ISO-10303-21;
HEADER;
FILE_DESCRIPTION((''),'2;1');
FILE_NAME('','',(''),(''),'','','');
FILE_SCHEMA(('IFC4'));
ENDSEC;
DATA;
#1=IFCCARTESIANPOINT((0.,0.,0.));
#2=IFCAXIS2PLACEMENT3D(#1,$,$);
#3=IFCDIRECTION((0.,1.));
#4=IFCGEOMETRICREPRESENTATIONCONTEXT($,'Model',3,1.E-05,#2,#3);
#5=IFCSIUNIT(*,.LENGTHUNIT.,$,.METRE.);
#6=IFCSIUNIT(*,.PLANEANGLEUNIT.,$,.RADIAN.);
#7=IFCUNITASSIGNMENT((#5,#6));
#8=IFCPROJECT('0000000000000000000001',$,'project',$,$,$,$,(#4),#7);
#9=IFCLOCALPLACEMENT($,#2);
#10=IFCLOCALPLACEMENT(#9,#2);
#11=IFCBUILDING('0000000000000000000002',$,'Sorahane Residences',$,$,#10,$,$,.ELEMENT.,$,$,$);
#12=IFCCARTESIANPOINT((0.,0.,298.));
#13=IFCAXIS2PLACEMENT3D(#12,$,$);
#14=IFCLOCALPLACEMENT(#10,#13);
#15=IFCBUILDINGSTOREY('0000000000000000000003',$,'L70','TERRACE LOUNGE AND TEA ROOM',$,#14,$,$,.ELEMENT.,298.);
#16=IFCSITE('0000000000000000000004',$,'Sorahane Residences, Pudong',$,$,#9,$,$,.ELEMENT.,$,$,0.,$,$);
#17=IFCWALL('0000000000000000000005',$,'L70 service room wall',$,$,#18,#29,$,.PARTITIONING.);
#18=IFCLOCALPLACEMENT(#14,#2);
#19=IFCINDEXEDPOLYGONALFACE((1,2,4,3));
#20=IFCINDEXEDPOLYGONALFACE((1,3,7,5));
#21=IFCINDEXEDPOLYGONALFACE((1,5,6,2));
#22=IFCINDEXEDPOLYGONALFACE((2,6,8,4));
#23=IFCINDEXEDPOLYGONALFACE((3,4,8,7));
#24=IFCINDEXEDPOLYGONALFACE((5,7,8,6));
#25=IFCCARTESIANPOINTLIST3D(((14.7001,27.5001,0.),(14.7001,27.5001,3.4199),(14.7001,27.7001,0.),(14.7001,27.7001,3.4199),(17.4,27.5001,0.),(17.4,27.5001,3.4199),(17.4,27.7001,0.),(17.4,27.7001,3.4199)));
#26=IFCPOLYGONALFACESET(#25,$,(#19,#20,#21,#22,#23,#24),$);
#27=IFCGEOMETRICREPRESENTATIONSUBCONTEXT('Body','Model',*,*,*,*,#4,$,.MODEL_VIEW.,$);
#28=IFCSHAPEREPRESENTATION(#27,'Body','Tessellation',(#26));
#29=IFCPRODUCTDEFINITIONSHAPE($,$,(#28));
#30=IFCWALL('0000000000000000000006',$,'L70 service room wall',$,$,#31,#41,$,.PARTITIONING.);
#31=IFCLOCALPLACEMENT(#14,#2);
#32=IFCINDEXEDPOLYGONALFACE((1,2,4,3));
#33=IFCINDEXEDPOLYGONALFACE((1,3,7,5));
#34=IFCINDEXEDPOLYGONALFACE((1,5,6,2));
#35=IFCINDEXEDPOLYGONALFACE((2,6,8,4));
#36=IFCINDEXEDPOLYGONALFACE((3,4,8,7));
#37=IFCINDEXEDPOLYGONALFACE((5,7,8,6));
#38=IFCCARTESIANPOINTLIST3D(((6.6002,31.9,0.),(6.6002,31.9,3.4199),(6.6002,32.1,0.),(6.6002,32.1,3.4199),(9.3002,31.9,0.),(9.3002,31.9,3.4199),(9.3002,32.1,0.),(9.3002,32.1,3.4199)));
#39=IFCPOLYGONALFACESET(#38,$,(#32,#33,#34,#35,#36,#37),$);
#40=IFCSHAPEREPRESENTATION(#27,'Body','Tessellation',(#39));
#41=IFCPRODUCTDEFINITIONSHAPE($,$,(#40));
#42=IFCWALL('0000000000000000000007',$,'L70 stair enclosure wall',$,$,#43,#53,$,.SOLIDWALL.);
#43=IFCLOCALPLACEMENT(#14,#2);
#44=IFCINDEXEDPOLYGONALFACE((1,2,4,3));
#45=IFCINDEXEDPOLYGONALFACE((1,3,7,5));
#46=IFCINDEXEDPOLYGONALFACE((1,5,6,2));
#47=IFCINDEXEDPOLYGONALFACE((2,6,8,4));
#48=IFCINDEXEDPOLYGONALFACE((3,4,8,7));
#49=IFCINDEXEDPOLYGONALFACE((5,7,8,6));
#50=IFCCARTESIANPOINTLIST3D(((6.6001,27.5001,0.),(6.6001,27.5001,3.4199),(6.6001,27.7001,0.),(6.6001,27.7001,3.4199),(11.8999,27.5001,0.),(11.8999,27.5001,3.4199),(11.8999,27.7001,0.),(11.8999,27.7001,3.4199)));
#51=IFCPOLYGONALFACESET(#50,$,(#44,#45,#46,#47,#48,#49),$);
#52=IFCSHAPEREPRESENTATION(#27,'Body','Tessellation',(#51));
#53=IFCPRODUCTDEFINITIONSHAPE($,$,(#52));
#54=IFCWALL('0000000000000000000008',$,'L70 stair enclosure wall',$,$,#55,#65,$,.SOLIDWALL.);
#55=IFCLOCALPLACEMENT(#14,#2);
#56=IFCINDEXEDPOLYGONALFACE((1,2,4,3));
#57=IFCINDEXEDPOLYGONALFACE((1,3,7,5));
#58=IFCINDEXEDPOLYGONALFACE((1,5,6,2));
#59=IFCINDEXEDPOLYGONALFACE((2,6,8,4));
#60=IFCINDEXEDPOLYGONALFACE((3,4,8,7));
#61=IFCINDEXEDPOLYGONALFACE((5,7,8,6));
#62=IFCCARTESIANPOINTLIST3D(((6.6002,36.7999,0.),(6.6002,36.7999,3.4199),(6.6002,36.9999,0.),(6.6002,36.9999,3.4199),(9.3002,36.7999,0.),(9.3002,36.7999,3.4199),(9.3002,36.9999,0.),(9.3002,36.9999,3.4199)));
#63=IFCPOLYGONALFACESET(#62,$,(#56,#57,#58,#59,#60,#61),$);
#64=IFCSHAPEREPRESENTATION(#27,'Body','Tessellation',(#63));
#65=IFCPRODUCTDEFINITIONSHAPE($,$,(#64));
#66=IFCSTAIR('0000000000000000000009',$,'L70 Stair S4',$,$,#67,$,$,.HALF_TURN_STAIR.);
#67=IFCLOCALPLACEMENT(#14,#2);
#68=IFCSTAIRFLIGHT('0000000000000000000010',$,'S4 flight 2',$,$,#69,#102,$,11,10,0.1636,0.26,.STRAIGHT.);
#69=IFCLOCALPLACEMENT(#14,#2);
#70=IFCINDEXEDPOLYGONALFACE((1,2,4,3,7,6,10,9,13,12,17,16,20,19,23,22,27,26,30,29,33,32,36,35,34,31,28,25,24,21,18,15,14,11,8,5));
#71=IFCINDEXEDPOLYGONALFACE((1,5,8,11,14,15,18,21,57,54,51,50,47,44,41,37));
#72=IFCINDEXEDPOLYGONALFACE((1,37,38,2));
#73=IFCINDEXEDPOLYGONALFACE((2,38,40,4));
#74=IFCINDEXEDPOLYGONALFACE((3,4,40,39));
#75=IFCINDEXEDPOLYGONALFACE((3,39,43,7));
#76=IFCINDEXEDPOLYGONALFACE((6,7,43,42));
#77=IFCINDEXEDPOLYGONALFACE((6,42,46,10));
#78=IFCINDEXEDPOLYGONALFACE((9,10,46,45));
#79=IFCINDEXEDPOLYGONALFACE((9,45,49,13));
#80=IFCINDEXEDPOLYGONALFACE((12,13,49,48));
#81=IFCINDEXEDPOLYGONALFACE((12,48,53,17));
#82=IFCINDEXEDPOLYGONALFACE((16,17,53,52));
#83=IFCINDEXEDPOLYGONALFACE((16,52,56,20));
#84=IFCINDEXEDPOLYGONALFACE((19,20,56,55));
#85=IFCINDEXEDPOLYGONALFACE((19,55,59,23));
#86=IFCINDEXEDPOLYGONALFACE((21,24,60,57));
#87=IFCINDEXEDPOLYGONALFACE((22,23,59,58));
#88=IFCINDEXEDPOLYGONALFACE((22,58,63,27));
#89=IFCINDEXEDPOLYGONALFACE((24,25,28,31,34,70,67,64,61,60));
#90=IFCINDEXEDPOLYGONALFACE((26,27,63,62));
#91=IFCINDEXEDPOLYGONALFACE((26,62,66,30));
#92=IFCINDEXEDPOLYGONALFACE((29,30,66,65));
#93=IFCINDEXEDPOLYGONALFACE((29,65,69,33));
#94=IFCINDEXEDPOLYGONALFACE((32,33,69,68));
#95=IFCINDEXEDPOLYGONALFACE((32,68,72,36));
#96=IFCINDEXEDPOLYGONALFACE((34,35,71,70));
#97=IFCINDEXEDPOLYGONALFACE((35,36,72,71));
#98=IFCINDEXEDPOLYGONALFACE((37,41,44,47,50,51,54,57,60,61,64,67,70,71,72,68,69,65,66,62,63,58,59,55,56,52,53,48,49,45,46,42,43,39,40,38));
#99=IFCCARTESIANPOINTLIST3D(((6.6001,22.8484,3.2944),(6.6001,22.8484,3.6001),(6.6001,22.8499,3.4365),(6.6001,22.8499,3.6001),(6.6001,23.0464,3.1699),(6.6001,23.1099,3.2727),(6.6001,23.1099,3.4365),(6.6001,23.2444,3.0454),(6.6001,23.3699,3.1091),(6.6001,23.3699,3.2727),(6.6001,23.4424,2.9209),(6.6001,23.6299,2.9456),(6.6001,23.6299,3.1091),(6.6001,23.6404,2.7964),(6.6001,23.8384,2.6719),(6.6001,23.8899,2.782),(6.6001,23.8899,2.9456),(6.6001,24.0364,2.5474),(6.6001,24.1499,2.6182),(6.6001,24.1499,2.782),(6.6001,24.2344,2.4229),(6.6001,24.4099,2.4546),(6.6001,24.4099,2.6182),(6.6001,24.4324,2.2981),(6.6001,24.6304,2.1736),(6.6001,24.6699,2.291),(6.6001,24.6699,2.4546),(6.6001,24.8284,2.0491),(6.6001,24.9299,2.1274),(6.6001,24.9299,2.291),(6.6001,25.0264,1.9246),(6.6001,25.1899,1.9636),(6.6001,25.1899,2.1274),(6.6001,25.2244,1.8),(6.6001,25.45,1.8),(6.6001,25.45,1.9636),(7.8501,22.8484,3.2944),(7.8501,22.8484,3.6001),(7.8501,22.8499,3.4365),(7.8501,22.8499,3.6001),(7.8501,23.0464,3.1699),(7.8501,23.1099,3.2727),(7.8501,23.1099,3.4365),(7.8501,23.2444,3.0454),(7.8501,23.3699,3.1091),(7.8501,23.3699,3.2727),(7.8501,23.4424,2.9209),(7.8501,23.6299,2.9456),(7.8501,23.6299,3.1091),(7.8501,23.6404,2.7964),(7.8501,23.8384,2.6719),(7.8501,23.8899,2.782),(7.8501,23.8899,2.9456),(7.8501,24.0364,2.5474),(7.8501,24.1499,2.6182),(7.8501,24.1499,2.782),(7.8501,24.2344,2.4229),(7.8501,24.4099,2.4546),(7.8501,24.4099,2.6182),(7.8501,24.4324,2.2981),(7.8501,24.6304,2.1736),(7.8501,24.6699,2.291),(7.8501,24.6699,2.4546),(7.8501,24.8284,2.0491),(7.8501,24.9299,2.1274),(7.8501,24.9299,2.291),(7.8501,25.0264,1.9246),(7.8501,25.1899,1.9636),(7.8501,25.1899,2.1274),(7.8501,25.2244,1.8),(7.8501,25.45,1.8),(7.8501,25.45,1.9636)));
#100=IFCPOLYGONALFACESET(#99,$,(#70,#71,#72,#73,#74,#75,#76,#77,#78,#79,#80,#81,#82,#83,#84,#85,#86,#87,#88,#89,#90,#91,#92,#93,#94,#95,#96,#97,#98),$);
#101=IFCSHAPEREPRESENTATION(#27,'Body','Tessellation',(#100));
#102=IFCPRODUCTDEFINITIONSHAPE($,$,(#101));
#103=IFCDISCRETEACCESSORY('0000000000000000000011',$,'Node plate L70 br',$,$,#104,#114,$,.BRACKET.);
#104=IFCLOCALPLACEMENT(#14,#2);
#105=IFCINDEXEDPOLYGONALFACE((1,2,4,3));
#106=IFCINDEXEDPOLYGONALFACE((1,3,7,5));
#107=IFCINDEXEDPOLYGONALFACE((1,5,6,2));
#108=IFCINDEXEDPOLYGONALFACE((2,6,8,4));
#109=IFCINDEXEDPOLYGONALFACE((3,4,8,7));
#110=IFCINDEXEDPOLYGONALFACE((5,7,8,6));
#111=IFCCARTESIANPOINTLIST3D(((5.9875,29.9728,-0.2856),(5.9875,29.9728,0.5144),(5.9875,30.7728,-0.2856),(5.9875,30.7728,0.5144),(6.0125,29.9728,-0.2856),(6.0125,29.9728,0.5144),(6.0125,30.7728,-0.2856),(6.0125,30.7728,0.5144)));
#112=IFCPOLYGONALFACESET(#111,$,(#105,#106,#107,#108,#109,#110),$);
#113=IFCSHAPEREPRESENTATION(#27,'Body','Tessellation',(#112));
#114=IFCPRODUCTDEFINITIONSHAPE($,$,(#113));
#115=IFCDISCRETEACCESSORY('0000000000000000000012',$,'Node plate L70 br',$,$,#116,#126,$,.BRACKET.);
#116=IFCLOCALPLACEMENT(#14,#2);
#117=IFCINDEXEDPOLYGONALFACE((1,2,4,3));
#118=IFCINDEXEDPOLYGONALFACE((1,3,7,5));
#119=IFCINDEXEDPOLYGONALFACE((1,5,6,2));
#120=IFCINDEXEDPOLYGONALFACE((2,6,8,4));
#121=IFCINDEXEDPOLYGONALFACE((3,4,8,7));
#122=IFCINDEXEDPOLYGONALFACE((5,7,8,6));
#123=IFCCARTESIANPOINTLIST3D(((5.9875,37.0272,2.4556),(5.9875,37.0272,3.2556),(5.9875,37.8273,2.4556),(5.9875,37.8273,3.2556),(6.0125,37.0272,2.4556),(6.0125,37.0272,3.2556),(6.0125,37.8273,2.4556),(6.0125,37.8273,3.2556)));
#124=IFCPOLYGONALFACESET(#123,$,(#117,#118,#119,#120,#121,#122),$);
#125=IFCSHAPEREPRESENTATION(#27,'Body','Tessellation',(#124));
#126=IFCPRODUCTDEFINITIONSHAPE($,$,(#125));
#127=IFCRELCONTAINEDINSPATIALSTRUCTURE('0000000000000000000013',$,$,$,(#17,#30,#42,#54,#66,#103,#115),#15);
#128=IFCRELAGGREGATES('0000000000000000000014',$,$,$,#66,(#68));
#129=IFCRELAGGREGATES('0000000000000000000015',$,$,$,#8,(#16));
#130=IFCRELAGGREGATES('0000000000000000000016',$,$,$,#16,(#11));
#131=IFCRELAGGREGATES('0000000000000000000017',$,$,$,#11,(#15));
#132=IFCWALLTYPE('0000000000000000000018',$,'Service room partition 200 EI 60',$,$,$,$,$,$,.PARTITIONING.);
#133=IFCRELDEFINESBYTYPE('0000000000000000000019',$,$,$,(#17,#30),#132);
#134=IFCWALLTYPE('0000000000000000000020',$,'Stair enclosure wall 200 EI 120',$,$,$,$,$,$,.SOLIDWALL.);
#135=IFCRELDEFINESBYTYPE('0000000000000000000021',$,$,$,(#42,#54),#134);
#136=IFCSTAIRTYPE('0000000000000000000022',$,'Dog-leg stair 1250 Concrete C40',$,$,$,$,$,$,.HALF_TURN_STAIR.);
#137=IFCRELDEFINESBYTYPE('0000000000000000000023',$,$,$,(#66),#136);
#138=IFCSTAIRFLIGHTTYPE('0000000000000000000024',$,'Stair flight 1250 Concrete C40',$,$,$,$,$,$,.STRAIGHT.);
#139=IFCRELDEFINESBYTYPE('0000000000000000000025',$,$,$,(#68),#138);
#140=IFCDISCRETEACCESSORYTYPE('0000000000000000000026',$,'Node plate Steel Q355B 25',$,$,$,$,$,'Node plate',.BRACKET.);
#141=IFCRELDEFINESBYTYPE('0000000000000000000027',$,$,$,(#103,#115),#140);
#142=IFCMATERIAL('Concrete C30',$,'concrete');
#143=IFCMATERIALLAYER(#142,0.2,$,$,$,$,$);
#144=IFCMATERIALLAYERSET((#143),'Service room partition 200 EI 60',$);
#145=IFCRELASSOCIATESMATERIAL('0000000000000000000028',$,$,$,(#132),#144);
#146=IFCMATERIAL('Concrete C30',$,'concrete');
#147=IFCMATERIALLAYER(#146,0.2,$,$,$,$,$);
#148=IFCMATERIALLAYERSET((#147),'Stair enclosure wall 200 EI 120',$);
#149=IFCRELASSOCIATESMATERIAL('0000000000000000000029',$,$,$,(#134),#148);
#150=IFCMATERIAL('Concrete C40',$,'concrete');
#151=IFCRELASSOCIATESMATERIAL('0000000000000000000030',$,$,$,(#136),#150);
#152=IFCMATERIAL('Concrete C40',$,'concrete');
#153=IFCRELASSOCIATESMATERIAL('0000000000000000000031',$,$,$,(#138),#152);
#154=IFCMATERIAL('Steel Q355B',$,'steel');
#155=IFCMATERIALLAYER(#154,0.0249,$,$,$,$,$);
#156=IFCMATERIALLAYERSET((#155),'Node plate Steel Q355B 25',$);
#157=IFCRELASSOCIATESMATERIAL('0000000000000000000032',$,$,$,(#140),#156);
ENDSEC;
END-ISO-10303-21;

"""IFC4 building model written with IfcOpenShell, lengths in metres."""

from ifc_helpers import new_model, si_unit, direction, frame, frame_2d, origin, origin_2d, place, context, subcontext, project, spatial, polyline, rectangle, outline, extrude, material, layer, layer_set, type_object, element, aggregate, save


model = new_model("IFC4")

# Units and contexts
model_context = context("Model", 3, precision=1e-05, world=origin(), true_north=direction((0.0, 1.0)))
body_context = subcontext(model_context, "Body", "Model", "MODEL_VIEW")
ifc_project = project(units=[si_unit("LENGTHUNIT", "METRE"), si_unit("PLANEANGLEUNIT", "RADIAN")], contexts=[model_context])

# Site, building, storey
site_placement = place(None, origin())
site = spatial("IfcSite", under=ifc_project, at=site_placement, Name="Sorahane Residences, Pudong", CompositionType="ELEMENT", RefElevation=0.0)
building_placement = place(site_placement, origin())
building = spatial("IfcBuilding", under=site, at=building_placement, Name="Sorahane Residences", CompositionType="ELEMENT")
storey_placement = place(building_placement, frame((0.0, 0.0, 298.0)))
storey = spatial("IfcBuildingStorey", under=building, at=storey_placement, Name="L70", Description="TERRACE LOUNGE AND TEA ROOM", CompositionType="ELEMENT", Elevation=298.0)

# Walls
ifc_material_1 = material(Name="Concrete C30", Category="concrete")
ifc_layer_1 = layer(ifc_material_1, 0.2)
ifc_layer_set_1 = layer_set([ifc_layer_1], Name="Service room partition 200 EI 60")
wall_type_1 = type_object("IfcWallType", Name="Service room partition 200 EI 60", PredefinedType="PARTITIONING", material=ifc_layer_set_1)
for number, where, z_axis, x_axis, name in (
    (1, (14.7, 27.6001, 0.0), (0.0, 0.0, 1.0), (1.0, 0.0, 0.0), "L70 service room wall"),
    (2, (6.6001, 32.0, 0.0), (0.0, 0.0, 1.0), (1.0, 0.0, 0.0), "L70 service room wall"),
):
    element("IfcWall", number, at=place(storey_placement, frame(where, z_axis=z_axis, x_axis=x_axis)), inside=storey, type_object=wall_type_1, Name=name, PredefinedType="PARTITIONING", context=body_context, shape_type="SweptSolid", body=[
        extrude(rectangle(XDim=2.7, YDim=0.2, at=frame_2d((1.3501, 0.0))), origin(), (0.0, 0.0, 1.0), 3.4199),
    ])
ifc_material_2 = material(Name="Concrete C30", Category="concrete")
ifc_layer_2 = layer(ifc_material_2, 0.2)
ifc_layer_set_2 = layer_set([ifc_layer_2], Name="Stair enclosure wall 200 EI 120")
wall_type_2 = type_object("IfcWallType", Name="Stair enclosure wall 200 EI 120", PredefinedType="SOLIDWALL", material=ifc_layer_set_2)
wall_1_placement = place(storey_placement, frame((6.6001, 27.6001, 0.0), z_axis=(0.0, 0.0, 1.0), x_axis=(1.0, 0.0, 0.0)))
element("IfcWall", 3, at=wall_1_placement, inside=storey, type_object=wall_type_2, Name="L70 stair enclosure wall", PredefinedType="SOLIDWALL", context=body_context, shape_type="SweptSolid", body=[
    extrude(rectangle(XDim=5.2998, YDim=0.2, at=frame_2d((2.6499, 0.0))), origin(), (0.0, 0.0, 1.0), 3.4199),
])
wall_2_placement = place(storey_placement, frame((6.6001, 36.8999, 0.0), z_axis=(0.0, 0.0, 1.0), x_axis=(1.0, 0.0, 0.0)))
element("IfcWall", 4, at=wall_2_placement, inside=storey, type_object=wall_type_2, Name="L70 stair enclosure wall", PredefinedType="SOLIDWALL", context=body_context, shape_type="SweptSolid", body=[
    extrude(rectangle(XDim=2.7, YDim=0.2, at=frame_2d((1.3501, 0.0))), origin(), (0.0, 0.0, 1.0), 3.4199),
])

# Stair, stair flight
ifc_material_3 = material(Name="Concrete C40", Category="concrete")
stair_type = type_object("IfcStairType", Name="Dog-leg stair 1250 Concrete C40", PredefinedType="HALF_TURN_STAIR", material=ifc_material_3)
stair_placement = place(storey_placement, origin())
stair = element("IfcStair", 5, at=stair_placement, inside=storey, type_object=stair_type, Name="L70 Stair S4", PredefinedType="HALF_TURN_STAIR")
ifc_material_4 = material(Name="Concrete C40", Category="concrete")
stair_flight_type = type_object("IfcStairFlightType", Name="Stair flight 1250 Concrete C40", PredefinedType="STRAIGHT", material=ifc_material_4)
stair_flight_placement = place(storey_placement, frame((7.2251, 25.45, 1.8), z_axis=(0.0, 0.0, 1.0), x_axis=(0.0, -1.0, 0.0)))
stair_flight = element("IfcStairFlight", 6, at=stair_flight_placement, type_object=stair_flight_type, Name="S4 flight 2", NumberOfRisers=11, NumberOfTreads=10, PredefinedType="STRAIGHT", RiserHeight=0.1636, TreadLength=0.26, context=body_context, shape_type="SweptSolid", body=[
    extrude(outline(polyline([(0.0, 0.0), (0.0, 0.1636), (0.26, 0.1636), (0.26, 0.3274), (0.52, 0.3274), (0.52, 0.491), (0.78, 0.491), (0.78, 0.6545), (1.04, 0.6545), (1.04, 0.8181), (1.3, 0.8181), (1.3, 0.9819), (1.5601, 0.9819), (1.5601, 1.1455), (1.8201, 1.1455), (1.8201, 1.3091), (2.0801, 1.3091), (2.0801, 1.4727), (2.3401, 1.4727), (2.3401, 1.6365), (2.6001, 1.6365), (2.6001, 1.8), (2.6016, 1.8), (2.6016, 1.4944), (2.4036, 1.3699), (2.2056, 1.2454), (2.0076, 1.1208), (1.8096, 0.9963), (1.6116, 0.8718), (1.4136, 0.7473), (1.2156, 0.6228), (1.0176, 0.498), (0.8196, 0.3735), (0.6216, 0.249), (0.4236, 0.1245), (0.2256, 0.0), (0.0, 0.0)])), frame((0.0, 0.625, 0.0), z_axis=(0.0, -1.0, 0.0), x_axis=(1.0, 0.0, 0.0)), (0.0, 0.0, 1.0), 1.25),
])
aggregate(stair, [stair_flight])

# Discrete accessories
ifc_material_5 = material(Name="Steel Q355B", Category="steel")
ifc_layer_3 = layer(ifc_material_5, 0.0249)
ifc_layer_set_3 = layer_set([ifc_layer_3], Name="Node plate Steel Q355B 25")
discrete_accessory_type = type_object("IfcDiscreteAccessoryType", Name="Node plate Steel Q355B 25", ElementType="Node plate", PredefinedType="BRACKET", material=ifc_layer_set_3)
for number, where, z_axis, x_axis, name in (
    (7, (6.0, 30.3728, -0.2856), (0.0, 0.0, 1.0), (0.0, 1.0, 0.0), "Node plate L70 br"),
    (8, (6.0, 37.4272, 2.4556), (0.0, 0.0, 1.0), (0.0, 1.0, 0.0), "Node plate L70 br"),
):
    element("IfcDiscreteAccessory", number, at=place(storey_placement, frame(where, z_axis=z_axis, x_axis=x_axis)), inside=storey, type_object=discrete_accessory_type, Name=name, PredefinedType="BRACKET", context=body_context, shape_type="SweptSolid", body=[
        extrude(rectangle(XDim=0.8, YDim=0.0249, at=origin_2d()), origin(), (0.0, 0.0, 1.0), 0.8),
    ])

save(model, "model.ifc")
